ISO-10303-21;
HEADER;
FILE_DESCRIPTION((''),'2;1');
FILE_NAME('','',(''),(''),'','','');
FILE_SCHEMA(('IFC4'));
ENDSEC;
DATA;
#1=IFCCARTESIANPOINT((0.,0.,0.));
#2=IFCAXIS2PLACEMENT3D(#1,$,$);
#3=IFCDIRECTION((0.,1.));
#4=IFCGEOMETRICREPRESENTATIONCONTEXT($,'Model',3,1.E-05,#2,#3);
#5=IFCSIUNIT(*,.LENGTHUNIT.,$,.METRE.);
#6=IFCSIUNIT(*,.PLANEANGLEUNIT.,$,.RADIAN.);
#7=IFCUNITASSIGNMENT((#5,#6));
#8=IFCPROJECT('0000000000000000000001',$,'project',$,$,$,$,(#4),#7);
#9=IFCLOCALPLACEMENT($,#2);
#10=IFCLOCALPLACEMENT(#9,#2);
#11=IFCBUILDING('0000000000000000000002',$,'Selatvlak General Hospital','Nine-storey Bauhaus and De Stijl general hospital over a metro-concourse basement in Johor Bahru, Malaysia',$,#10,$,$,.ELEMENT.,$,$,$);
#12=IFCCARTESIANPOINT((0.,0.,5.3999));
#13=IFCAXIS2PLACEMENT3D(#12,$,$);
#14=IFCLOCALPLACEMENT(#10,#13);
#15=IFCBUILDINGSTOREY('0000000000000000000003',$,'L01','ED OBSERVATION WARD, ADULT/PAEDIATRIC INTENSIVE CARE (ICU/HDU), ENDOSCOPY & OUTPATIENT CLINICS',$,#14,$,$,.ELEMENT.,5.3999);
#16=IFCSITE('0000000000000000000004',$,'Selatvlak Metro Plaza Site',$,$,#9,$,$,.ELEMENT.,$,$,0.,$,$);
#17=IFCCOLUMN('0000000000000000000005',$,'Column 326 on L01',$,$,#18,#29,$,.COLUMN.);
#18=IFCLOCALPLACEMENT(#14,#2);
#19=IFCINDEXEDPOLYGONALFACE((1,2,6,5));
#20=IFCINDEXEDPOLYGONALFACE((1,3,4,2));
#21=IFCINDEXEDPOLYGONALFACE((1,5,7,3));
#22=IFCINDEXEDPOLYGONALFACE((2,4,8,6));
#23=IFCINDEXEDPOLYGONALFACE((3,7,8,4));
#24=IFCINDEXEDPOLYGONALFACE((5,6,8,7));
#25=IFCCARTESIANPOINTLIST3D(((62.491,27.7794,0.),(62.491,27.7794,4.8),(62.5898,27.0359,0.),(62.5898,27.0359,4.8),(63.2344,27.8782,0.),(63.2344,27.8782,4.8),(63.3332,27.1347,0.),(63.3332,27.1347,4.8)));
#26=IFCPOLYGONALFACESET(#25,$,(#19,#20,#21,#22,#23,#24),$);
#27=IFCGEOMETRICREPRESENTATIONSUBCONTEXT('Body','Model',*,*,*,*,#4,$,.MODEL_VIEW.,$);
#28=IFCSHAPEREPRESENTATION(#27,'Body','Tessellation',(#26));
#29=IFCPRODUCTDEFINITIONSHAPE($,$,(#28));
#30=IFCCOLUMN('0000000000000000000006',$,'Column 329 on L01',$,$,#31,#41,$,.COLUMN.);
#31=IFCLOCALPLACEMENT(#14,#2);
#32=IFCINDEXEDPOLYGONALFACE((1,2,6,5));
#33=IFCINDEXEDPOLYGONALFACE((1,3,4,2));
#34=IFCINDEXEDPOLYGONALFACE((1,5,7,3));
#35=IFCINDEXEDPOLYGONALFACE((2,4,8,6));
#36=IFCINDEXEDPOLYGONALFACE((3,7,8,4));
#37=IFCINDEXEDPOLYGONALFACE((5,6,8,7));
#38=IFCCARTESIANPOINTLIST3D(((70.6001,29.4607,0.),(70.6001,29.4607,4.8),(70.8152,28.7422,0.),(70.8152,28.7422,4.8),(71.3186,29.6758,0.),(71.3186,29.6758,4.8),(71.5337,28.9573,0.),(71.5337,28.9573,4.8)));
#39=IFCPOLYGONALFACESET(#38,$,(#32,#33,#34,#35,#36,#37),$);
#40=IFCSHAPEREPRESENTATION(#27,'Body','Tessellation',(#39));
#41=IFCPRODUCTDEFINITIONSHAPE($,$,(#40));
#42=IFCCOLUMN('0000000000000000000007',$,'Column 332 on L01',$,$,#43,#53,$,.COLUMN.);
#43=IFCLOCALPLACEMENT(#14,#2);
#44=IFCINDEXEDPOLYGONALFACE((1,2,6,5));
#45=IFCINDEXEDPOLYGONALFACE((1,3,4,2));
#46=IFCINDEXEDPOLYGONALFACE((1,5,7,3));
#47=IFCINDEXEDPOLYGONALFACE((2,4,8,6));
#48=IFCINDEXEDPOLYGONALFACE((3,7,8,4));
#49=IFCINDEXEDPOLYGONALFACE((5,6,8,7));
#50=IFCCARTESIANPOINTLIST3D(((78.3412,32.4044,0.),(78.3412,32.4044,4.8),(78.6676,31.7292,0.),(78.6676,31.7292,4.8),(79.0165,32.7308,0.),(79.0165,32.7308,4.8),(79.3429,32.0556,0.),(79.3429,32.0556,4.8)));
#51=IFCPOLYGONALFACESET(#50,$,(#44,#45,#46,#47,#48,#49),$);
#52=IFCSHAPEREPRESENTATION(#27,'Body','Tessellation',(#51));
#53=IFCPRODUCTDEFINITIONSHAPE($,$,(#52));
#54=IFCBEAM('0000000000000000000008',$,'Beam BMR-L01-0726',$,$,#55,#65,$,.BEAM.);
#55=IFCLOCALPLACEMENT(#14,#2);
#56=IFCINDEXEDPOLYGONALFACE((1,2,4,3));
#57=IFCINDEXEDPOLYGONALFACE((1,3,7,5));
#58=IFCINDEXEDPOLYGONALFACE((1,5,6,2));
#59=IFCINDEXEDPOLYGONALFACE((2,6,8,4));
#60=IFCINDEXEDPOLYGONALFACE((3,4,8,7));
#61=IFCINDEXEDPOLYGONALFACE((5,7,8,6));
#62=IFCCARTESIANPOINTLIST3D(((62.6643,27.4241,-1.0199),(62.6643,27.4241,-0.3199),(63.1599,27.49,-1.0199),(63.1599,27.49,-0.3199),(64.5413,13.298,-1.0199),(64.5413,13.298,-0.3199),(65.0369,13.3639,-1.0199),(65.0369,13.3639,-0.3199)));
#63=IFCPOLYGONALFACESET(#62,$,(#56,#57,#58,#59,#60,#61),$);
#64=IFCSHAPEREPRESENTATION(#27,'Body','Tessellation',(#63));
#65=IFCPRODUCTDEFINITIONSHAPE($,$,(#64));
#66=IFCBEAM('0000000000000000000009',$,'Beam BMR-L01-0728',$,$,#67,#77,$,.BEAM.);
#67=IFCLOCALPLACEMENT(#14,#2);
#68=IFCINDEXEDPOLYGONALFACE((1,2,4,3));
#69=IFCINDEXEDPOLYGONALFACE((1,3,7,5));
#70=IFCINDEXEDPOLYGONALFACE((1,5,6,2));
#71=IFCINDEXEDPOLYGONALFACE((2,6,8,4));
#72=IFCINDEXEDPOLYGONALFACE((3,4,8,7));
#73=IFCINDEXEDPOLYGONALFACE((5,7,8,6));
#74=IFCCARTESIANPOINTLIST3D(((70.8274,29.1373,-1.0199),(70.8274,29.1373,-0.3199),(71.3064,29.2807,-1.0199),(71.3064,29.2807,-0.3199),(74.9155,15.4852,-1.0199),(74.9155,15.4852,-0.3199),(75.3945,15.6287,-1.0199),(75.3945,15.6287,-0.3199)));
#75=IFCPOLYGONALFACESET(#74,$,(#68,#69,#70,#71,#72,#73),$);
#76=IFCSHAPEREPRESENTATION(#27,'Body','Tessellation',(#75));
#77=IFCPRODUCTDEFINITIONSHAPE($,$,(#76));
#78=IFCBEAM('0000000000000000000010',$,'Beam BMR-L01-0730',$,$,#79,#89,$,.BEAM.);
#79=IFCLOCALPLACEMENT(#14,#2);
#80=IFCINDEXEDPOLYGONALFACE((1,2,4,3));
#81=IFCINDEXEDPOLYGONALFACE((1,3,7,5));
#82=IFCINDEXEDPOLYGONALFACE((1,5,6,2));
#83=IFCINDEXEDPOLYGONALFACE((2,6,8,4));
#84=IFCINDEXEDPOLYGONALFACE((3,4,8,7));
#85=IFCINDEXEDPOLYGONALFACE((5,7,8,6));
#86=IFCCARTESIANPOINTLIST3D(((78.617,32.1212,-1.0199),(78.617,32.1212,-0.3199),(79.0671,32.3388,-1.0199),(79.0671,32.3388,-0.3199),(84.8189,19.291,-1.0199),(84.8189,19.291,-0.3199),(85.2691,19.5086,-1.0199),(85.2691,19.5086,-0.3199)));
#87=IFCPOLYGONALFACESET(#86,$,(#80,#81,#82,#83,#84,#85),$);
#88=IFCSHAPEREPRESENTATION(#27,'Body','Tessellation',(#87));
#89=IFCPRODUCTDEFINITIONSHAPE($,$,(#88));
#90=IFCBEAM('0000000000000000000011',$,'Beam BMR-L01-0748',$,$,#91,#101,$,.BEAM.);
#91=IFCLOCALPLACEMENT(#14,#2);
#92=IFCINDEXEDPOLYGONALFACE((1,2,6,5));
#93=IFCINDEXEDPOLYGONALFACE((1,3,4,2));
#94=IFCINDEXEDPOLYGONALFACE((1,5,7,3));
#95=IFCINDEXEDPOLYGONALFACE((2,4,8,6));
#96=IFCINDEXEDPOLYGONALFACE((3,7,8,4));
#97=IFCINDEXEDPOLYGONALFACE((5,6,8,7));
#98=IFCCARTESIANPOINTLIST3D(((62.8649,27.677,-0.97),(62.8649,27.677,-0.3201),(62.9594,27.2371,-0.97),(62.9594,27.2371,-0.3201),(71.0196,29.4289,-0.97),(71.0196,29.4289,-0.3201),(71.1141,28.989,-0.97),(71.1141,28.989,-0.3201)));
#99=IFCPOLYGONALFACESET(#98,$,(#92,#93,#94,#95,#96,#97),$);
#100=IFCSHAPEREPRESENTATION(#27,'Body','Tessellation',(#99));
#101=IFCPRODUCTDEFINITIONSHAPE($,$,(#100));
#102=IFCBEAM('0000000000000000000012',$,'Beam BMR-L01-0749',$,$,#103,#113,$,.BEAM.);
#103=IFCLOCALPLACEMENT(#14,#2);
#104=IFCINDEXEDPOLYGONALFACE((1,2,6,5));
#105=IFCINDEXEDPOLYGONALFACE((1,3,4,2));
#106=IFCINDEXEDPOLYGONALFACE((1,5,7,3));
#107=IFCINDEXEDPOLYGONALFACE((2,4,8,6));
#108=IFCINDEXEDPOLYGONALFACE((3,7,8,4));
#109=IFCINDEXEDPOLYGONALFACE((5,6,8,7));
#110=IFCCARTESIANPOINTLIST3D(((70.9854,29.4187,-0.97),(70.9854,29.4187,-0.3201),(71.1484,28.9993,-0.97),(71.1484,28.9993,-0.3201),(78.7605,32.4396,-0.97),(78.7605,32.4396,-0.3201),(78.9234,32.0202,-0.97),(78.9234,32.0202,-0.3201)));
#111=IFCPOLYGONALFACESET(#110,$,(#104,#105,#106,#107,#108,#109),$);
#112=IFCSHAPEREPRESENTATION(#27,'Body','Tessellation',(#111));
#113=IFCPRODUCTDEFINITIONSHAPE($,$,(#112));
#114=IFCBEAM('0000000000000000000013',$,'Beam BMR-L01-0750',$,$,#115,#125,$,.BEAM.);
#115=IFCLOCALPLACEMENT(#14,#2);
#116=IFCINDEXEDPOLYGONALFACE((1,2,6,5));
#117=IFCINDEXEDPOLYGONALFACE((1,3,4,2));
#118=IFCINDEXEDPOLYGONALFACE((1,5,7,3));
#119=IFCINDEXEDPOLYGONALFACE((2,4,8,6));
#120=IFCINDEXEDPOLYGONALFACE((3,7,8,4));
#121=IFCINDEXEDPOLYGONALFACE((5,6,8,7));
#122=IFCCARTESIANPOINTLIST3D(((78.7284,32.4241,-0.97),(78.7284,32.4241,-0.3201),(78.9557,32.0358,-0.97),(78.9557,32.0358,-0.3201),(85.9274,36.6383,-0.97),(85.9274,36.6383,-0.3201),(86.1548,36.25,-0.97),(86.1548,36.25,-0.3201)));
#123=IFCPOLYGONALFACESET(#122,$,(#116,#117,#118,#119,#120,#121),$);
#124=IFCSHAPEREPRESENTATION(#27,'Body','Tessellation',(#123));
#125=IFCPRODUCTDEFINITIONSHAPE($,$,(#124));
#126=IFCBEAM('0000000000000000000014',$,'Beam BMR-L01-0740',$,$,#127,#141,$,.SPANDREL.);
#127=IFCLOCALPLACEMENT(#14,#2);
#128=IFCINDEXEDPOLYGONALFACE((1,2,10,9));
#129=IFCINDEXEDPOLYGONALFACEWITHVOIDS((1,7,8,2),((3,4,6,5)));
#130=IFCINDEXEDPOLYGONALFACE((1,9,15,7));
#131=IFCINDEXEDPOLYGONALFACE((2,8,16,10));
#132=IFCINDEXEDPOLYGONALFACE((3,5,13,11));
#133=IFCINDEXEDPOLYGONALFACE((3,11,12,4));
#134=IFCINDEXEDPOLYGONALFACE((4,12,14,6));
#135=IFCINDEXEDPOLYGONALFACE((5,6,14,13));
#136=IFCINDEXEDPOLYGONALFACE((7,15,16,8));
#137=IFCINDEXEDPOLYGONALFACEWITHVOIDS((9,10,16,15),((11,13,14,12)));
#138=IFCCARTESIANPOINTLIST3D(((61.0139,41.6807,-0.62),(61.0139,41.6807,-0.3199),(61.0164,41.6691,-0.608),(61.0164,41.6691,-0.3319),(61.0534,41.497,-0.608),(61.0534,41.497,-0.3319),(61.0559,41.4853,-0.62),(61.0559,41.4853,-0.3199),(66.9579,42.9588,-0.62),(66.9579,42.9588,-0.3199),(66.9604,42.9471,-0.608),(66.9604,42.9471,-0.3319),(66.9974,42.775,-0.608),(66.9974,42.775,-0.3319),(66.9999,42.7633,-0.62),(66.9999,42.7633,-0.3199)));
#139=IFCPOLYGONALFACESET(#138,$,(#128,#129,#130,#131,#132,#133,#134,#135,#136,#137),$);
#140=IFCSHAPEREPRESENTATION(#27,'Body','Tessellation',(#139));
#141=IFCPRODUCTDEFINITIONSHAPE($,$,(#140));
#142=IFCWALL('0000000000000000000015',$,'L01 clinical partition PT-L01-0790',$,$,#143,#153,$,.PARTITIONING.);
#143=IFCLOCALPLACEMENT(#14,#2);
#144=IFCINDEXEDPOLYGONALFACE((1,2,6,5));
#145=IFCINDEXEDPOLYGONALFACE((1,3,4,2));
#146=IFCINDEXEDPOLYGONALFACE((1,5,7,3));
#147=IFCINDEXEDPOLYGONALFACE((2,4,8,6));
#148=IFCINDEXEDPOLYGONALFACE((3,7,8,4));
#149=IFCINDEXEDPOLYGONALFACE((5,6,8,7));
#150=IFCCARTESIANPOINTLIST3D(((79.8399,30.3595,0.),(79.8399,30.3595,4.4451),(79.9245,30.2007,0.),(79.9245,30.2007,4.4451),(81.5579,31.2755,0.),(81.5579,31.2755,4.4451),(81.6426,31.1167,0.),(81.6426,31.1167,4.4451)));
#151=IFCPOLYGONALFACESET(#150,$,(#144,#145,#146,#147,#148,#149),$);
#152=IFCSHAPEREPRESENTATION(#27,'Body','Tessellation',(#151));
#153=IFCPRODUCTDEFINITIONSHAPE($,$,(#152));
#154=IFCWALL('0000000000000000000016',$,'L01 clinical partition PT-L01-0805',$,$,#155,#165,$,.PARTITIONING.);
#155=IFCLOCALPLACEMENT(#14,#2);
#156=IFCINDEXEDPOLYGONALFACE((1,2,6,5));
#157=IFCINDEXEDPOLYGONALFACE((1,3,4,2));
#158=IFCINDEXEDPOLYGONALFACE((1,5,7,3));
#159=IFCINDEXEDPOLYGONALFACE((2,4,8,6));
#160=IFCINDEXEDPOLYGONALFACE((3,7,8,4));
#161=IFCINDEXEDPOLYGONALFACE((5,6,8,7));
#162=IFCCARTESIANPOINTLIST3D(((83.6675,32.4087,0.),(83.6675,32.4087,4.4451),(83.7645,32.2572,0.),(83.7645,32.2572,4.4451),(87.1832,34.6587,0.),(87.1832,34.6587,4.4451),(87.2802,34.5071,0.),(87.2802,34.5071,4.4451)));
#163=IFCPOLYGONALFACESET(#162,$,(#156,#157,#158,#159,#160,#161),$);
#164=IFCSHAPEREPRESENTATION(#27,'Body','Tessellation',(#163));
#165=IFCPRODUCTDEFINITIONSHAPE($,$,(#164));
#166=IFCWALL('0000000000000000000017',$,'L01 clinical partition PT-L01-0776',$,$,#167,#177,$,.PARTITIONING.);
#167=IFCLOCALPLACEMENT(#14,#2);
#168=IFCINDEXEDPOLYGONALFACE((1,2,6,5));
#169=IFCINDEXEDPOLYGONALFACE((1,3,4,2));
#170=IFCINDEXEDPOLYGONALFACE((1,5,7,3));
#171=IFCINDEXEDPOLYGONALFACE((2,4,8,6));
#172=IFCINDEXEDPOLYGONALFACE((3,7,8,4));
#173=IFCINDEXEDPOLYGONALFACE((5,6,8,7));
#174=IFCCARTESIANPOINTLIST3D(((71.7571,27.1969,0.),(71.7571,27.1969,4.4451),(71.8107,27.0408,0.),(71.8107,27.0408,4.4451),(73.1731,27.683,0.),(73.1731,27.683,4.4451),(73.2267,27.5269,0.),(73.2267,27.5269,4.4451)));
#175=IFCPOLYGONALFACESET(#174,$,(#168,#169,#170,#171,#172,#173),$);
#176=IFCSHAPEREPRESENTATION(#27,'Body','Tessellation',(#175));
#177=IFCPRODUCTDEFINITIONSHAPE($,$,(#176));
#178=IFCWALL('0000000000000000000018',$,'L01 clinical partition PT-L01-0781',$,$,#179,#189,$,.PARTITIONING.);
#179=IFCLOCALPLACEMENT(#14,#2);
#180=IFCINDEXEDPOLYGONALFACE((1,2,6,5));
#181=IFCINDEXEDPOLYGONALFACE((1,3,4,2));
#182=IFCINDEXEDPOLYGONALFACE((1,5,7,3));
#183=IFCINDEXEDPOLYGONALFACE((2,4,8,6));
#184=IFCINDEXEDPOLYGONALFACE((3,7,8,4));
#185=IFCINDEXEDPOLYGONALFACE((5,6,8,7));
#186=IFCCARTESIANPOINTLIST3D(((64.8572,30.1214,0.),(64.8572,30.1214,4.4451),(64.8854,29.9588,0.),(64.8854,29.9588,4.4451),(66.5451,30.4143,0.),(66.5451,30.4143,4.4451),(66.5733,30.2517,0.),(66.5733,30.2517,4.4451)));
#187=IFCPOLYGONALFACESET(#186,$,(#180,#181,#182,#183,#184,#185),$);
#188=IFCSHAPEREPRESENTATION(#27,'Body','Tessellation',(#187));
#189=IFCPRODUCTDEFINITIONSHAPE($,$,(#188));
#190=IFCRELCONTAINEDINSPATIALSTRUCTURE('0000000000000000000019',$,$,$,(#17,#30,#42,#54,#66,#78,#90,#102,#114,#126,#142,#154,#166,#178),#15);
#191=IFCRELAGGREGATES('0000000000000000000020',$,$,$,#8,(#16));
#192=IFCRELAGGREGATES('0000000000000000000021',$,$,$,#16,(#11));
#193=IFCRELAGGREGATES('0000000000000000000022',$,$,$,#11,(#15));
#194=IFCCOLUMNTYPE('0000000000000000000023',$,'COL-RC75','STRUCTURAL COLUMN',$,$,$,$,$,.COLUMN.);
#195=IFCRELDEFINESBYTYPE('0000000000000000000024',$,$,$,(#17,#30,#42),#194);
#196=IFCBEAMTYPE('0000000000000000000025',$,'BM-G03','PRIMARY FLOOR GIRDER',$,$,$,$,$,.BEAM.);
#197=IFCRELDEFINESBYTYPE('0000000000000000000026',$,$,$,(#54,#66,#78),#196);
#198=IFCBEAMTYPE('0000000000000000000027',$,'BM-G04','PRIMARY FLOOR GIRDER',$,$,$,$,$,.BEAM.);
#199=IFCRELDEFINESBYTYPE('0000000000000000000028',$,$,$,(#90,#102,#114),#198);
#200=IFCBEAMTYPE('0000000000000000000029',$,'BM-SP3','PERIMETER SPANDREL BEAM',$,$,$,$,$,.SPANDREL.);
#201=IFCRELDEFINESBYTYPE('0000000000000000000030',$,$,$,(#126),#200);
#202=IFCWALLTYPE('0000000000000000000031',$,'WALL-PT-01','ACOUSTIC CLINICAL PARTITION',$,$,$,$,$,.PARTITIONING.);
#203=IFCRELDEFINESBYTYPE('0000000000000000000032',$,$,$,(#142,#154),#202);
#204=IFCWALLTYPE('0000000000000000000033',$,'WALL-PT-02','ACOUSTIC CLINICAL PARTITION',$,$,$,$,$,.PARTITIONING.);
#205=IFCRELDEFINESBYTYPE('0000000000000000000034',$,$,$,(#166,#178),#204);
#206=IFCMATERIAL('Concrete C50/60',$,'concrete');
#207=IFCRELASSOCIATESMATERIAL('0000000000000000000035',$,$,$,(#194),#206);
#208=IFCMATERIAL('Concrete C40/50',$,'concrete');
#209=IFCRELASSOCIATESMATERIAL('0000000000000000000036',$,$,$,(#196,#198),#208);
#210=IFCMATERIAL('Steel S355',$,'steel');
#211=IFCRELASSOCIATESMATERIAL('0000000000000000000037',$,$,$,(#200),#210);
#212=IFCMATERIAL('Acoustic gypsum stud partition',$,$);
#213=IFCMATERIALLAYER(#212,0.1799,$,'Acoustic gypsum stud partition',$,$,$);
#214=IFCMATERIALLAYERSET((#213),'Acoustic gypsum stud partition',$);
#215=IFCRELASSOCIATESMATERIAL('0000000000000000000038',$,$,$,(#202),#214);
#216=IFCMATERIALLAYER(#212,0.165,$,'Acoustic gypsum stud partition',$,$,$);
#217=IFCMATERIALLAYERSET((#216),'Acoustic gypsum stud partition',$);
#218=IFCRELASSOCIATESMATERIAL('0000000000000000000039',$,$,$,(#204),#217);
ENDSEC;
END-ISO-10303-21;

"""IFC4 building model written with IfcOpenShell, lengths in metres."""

from ifc_helpers import new_model, si_unit, direction, frame, frame_2d, origin, origin_2d, place, context, subcontext, project, spatial, rectangle, hollow_rectangle, extrude, material, layer, layer_set, material_profile, profile_set, type_object, element, save


model = new_model("IFC4")

# Units and contexts
model_context = context("Model", 3, precision=1e-05, world=origin(), true_north=direction((0.0, 1.0)))
body_context = subcontext(model_context, "Body", "Model", "MODEL_VIEW")
ifc_project = project(units=[si_unit("LENGTHUNIT", "METRE"), si_unit("PLANEANGLEUNIT", "RADIAN")], contexts=[model_context])

# Site, building, storey
site_placement = place(None, origin())
site = spatial("IfcSite", under=ifc_project, at=site_placement, Name="Selatvlak Metro Plaza Site", CompositionType="ELEMENT", RefElevation=0.0)
building_placement = place(site_placement, origin())
building = spatial("IfcBuilding", under=site, at=building_placement, Name="Selatvlak General Hospital", Description="Nine-storey Bauhaus and De Stijl general hospital over a metro-concourse basement in Johor Bahru, Malaysia", CompositionType="ELEMENT")
storey_placement = place(building_placement, frame((0.0, 0.0, 5.3999)))
storey = spatial("IfcBuildingStorey", under=building, at=storey_placement, Name="L01", Description="ED OBSERVATION WARD, ADULT/PAEDIATRIC INTENSIVE CARE (ICU/HDU), ENDOSCOPY & OUTPATIENT CLINICS", CompositionType="ELEMENT", Elevation=5.3999)

# Columns
ifc_material_1 = material(Name="Concrete C50/60", Category="concrete")
ifc_material_profile_1 = material_profile(ifc_material_1, rectangle(XDim=0.75, YDim=0.75, at=origin_2d()), Name="RC-COL 750x750")
ifc_profile_set_1 = profile_set([ifc_material_profile_1], Name="Concrete C50/60")
column_type = type_object("IfcColumnType", Name="COL-RC75", Description="STRUCTURAL COLUMN", PredefinedType="COLUMN", material=ifc_profile_set_1)
for number, where, z_axis, x_axis, name in (
    (1, (62.9121, 27.457, 0.0), (0.0, 0.0, 1.0), (-0.131737, 0.991285, 0.0), "Column 326 on L01"),
    (2, (71.0669, 29.209, 0.0), (0.0, 0.0, 1.0), (-0.286859, 0.957973, 0.0), "Column 329 on L01"),
    (3, (78.842, 32.23, 0.0), (0.0, 0.0, 1.0), (-0.4352, 0.900334, 0.0), "Column 332 on L01"),
):
    element("IfcColumn", number, at=place(storey_placement, frame(where, z_axis=z_axis, x_axis=x_axis)), inside=storey, type_object=column_type, Name=name, PredefinedType="COLUMN", context=body_context, shape_type="SweptSolid", body=[
        extrude(rectangle(XDim=0.75, YDim=0.75, at=origin_2d()), origin(), (0.0, 0.0, 1.0), 4.8),
    ])

# Beams
ifc_material_2 = material(Name="Concrete C40/50", Category="concrete")
ifc_material_profile_2 = material_profile(ifc_material_2, rectangle(XDim=0.5, YDim=0.7, at=origin_2d()), Name="RC-BM 500x700")
ifc_profile_set_2 = profile_set([ifc_material_profile_2], Name="Concrete C40/50")
beam_type_1 = type_object("IfcBeamType", Name="BM-G03", Description="PRIMARY FLOOR GIRDER", PredefinedType="BEAM", material=ifc_profile_set_2)
beam_1_placement = place(storey_placement, frame((62.9121, 27.457, -0.6699), z_axis=(0.131715, -0.991288, 0.0), x_axis=(0.991288, 0.131715, 0.0)))
element("IfcBeam", 4, at=beam_1_placement, inside=storey, type_object=beam_type_1, Name="Beam BMR-L01-0726", PredefinedType="BEAM", context=body_context, shape_type="SweptSolid", body=[
    extrude(rectangle(XDim=0.5, YDim=0.7, at=origin_2d()), origin(), (0.0, 0.0, 1.0), 14.2502),
])
beam_2_placement = place(storey_placement, frame((71.0669, 29.209, -0.6699), z_axis=(0.286865, -0.957971, 0.0), x_axis=(0.957971, 0.286865, 0.0)))
element("IfcBeam", 5, at=beam_2_placement, inside=storey, type_object=beam_type_1, Name="Beam BMR-L01-0728", PredefinedType="BEAM", context=body_context, shape_type="SweptSolid", body=[
    extrude(rectangle(XDim=0.5, YDim=0.7, at=origin_2d()), origin(), (0.0, 0.0, 1.0), 14.251),
])
beam_3_placement = place(storey_placement, frame((78.842, 32.23, -0.6699), z_axis=(0.435208, -0.90033, 0.0), x_axis=(0.90033, 0.435208, 0.0)))
element("IfcBeam", 6, at=beam_3_placement, inside=storey, type_object=beam_type_1, Name="Beam BMR-L01-0730", PredefinedType="BEAM", context=body_context, shape_type="SweptSolid", body=[
    extrude(rectangle(XDim=0.5, YDim=0.7, at=origin_2d()), origin(), (0.0, 0.0, 1.0), 14.2505),
])
ifc_material_profile_3 = material_profile(ifc_material_2, rectangle(XDim=0.45, YDim=0.6499, at=origin_2d()), Name="RC-BM 450x650")
ifc_profile_set_3 = profile_set([ifc_material_profile_3], Name="Concrete C40/50")
beam_type_2 = type_object("IfcBeamType", Name="BM-G04", Description="PRIMARY FLOOR GIRDER", PredefinedType="BEAM", material=ifc_profile_set_3)
beam_4_placement = place(storey_placement, frame((62.9121, 27.457, -0.645), z_axis=(0.977692, 0.210045, 0.0), x_axis=(-0.210045, 0.977692, 0.0)))
element("IfcBeam", 7, at=beam_4_placement, inside=storey, type_object=beam_type_2, Name="Beam BMR-L01-0748", PredefinedType="BEAM", context=body_context, shape_type="SweptSolid", body=[
    extrude(rectangle(XDim=0.45, YDim=0.6499, at=origin_2d()), origin(), (0.0, 0.0, 1.0), 8.3408),
])
beam_5_placement = place(storey_placement, frame((71.0669, 29.209, -0.645), z_axis=(0.932113, 0.362168, 0.0), x_axis=(-0.362168, 0.932113, 0.0)))
element("IfcBeam", 8, at=beam_5_placement, inside=storey, type_object=beam_type_2, Name="Beam BMR-L01-0749", PredefinedType="BEAM", context=body_context, shape_type="SweptSolid", body=[
    extrude(rectangle(XDim=0.45, YDim=0.6499, at=origin_2d()), origin(), (0.0, 0.0, 1.0), 8.3413),
])
beam_6_placement = place(storey_placement, frame((78.842, 32.23, -0.645), z_axis=(0.86301, 0.505186, 0.0), x_axis=(-0.505186, 0.86301, 0.0)))
element("IfcBeam", 9, at=beam_6_placement, inside=storey, type_object=beam_type_2, Name="Beam BMR-L01-0750", PredefinedType="BEAM", context=body_context, shape_type="SweptSolid", body=[
    extrude(rectangle(XDim=0.45, YDim=0.6499, at=origin_2d()), origin(), (0.0, 0.0, 1.0), 8.3418),
])
ifc_material_3 = material(Name="Steel S355", Category="steel")
ifc_material_profile_4 = material_profile(ifc_material_3, hollow_rectangle(XDim=0.2, YDim=0.3, WallThickness=0.012, at=origin_2d()), Name="RHS 300x200x12")
ifc_profile_set_4 = profile_set([ifc_material_profile_4], Name="Steel S355")
beam_type_3 = type_object("IfcBeamType", Name="BM-SP3", Description="PERIMETER SPANDREL BEAM", PredefinedType="SPANDREL", material=ifc_profile_set_4)
beam_7_placement = place(storey_placement, frame((61.0349, 41.583, -0.47), z_axis=(0.977656, 0.210212, 0.0), x_axis=(-0.210212, 0.977656, 0.0)))
element("IfcBeam", 10, at=beam_7_placement, inside=storey, type_object=beam_type_3, Name="Beam BMR-L01-0740", PredefinedType="SPANDREL", context=body_context, shape_type="SweptSolid", body=[
    extrude(hollow_rectangle(XDim=0.2, YDim=0.3, WallThickness=0.012, at=origin_2d()), origin(), (0.0, 0.0, 1.0), 6.0798),
])

# Shared definitions
ifc_material_4 = material(Name="Acoustic gypsum stud partition")
ifc_layer_1 = layer(ifc_material_4, 0.1799, Name="Acoustic gypsum stud partition")
ifc_layer_set_1 = layer_set([ifc_layer_1], Name="Acoustic gypsum stud partition")
wall_type_1 = type_object("IfcWallType", Name="WALL-PT-01", Description="ACOUSTIC CLINICAL PARTITION", PredefinedType="PARTITIONING", material=ifc_layer_set_1)

# Walls
wall_1_placement = place(storey_placement, frame((79.8821, 30.28, 0.0), z_axis=(0.0, 0.0, 1.0), x_axis=(0.882408, 0.470484, 0.0)))
element("IfcWall", 11, at=wall_1_placement, inside=storey, type_object=wall_type_1, Name="L01 clinical partition PT-L01-0790", PredefinedType="PARTITIONING", context=body_context, shape_type="SweptSolid", body=[
    extrude(rectangle(XDim=1.947, YDim=0.1799, at=frame_2d((0.9736, 0.0))), origin(), (0.0, 0.0, 1.0), 4.4451),
])
wall_2_placement = place(storey_placement, frame((83.7161, 32.333, 0.0), z_axis=(0.0, 0.0, 1.0), x_axis=(0.842288, 0.539027, 0.0)))
element("IfcWall", 12, at=wall_2_placement, inside=storey, type_object=wall_type_1, Name="L01 clinical partition PT-L01-0805", PredefinedType="PARTITIONING", context=body_context, shape_type="SweptSolid", body=[
    extrude(rectangle(XDim=4.1741, YDim=0.1799, at=frame_2d((2.0869, 0.0))), origin(), (0.0, 0.0, 1.0), 4.4451),
])
ifc_layer_2 = layer(ifc_material_4, 0.165, Name="Acoustic gypsum stud partition")
ifc_layer_set_2 = layer_set([ifc_layer_2], Name="Acoustic gypsum stud partition")
wall_type_2 = type_object("IfcWallType", Name="WALL-PT-02", Description="ACOUSTIC CLINICAL PARTITION", PredefinedType="PARTITIONING", material=ifc_layer_set_2)
wall_3_placement = place(storey_placement, frame((71.7839, 27.1189, 0.0), z_axis=(0.0, 0.0, 1.0), x_axis=(0.945824, 0.324679, 0.0)))
element("IfcWall", 13, at=wall_3_placement, inside=storey, type_object=wall_type_2, Name="L01 clinical partition PT-L01-0776", PredefinedType="PARTITIONING", context=body_context, shape_type="SweptSolid", body=[
    extrude(rectangle(XDim=1.4971, YDim=0.165, at=frame_2d((0.7485, 0.0))), origin(), (0.0, 0.0, 1.0), 4.4451),
])
wall_4_placement = place(storey_placement, frame((66.5591, 30.333, 0.0), z_axis=(0.0, 0.0, 1.0), x_axis=(-0.98527, -0.171004, 0.0)))
element("IfcWall", 14, at=wall_4_placement, inside=storey, type_object=wall_type_2, Name="L01 clinical partition PT-L01-0781", PredefinedType="PARTITIONING", context=body_context, shape_type="SweptSolid", body=[
    extrude(rectangle(XDim=1.7131, YDim=0.165, at=frame_2d((0.8564, 0.0))), origin(), (0.0, 0.0, 1.0), 4.4451),
])

save(model, "model.ifc")
